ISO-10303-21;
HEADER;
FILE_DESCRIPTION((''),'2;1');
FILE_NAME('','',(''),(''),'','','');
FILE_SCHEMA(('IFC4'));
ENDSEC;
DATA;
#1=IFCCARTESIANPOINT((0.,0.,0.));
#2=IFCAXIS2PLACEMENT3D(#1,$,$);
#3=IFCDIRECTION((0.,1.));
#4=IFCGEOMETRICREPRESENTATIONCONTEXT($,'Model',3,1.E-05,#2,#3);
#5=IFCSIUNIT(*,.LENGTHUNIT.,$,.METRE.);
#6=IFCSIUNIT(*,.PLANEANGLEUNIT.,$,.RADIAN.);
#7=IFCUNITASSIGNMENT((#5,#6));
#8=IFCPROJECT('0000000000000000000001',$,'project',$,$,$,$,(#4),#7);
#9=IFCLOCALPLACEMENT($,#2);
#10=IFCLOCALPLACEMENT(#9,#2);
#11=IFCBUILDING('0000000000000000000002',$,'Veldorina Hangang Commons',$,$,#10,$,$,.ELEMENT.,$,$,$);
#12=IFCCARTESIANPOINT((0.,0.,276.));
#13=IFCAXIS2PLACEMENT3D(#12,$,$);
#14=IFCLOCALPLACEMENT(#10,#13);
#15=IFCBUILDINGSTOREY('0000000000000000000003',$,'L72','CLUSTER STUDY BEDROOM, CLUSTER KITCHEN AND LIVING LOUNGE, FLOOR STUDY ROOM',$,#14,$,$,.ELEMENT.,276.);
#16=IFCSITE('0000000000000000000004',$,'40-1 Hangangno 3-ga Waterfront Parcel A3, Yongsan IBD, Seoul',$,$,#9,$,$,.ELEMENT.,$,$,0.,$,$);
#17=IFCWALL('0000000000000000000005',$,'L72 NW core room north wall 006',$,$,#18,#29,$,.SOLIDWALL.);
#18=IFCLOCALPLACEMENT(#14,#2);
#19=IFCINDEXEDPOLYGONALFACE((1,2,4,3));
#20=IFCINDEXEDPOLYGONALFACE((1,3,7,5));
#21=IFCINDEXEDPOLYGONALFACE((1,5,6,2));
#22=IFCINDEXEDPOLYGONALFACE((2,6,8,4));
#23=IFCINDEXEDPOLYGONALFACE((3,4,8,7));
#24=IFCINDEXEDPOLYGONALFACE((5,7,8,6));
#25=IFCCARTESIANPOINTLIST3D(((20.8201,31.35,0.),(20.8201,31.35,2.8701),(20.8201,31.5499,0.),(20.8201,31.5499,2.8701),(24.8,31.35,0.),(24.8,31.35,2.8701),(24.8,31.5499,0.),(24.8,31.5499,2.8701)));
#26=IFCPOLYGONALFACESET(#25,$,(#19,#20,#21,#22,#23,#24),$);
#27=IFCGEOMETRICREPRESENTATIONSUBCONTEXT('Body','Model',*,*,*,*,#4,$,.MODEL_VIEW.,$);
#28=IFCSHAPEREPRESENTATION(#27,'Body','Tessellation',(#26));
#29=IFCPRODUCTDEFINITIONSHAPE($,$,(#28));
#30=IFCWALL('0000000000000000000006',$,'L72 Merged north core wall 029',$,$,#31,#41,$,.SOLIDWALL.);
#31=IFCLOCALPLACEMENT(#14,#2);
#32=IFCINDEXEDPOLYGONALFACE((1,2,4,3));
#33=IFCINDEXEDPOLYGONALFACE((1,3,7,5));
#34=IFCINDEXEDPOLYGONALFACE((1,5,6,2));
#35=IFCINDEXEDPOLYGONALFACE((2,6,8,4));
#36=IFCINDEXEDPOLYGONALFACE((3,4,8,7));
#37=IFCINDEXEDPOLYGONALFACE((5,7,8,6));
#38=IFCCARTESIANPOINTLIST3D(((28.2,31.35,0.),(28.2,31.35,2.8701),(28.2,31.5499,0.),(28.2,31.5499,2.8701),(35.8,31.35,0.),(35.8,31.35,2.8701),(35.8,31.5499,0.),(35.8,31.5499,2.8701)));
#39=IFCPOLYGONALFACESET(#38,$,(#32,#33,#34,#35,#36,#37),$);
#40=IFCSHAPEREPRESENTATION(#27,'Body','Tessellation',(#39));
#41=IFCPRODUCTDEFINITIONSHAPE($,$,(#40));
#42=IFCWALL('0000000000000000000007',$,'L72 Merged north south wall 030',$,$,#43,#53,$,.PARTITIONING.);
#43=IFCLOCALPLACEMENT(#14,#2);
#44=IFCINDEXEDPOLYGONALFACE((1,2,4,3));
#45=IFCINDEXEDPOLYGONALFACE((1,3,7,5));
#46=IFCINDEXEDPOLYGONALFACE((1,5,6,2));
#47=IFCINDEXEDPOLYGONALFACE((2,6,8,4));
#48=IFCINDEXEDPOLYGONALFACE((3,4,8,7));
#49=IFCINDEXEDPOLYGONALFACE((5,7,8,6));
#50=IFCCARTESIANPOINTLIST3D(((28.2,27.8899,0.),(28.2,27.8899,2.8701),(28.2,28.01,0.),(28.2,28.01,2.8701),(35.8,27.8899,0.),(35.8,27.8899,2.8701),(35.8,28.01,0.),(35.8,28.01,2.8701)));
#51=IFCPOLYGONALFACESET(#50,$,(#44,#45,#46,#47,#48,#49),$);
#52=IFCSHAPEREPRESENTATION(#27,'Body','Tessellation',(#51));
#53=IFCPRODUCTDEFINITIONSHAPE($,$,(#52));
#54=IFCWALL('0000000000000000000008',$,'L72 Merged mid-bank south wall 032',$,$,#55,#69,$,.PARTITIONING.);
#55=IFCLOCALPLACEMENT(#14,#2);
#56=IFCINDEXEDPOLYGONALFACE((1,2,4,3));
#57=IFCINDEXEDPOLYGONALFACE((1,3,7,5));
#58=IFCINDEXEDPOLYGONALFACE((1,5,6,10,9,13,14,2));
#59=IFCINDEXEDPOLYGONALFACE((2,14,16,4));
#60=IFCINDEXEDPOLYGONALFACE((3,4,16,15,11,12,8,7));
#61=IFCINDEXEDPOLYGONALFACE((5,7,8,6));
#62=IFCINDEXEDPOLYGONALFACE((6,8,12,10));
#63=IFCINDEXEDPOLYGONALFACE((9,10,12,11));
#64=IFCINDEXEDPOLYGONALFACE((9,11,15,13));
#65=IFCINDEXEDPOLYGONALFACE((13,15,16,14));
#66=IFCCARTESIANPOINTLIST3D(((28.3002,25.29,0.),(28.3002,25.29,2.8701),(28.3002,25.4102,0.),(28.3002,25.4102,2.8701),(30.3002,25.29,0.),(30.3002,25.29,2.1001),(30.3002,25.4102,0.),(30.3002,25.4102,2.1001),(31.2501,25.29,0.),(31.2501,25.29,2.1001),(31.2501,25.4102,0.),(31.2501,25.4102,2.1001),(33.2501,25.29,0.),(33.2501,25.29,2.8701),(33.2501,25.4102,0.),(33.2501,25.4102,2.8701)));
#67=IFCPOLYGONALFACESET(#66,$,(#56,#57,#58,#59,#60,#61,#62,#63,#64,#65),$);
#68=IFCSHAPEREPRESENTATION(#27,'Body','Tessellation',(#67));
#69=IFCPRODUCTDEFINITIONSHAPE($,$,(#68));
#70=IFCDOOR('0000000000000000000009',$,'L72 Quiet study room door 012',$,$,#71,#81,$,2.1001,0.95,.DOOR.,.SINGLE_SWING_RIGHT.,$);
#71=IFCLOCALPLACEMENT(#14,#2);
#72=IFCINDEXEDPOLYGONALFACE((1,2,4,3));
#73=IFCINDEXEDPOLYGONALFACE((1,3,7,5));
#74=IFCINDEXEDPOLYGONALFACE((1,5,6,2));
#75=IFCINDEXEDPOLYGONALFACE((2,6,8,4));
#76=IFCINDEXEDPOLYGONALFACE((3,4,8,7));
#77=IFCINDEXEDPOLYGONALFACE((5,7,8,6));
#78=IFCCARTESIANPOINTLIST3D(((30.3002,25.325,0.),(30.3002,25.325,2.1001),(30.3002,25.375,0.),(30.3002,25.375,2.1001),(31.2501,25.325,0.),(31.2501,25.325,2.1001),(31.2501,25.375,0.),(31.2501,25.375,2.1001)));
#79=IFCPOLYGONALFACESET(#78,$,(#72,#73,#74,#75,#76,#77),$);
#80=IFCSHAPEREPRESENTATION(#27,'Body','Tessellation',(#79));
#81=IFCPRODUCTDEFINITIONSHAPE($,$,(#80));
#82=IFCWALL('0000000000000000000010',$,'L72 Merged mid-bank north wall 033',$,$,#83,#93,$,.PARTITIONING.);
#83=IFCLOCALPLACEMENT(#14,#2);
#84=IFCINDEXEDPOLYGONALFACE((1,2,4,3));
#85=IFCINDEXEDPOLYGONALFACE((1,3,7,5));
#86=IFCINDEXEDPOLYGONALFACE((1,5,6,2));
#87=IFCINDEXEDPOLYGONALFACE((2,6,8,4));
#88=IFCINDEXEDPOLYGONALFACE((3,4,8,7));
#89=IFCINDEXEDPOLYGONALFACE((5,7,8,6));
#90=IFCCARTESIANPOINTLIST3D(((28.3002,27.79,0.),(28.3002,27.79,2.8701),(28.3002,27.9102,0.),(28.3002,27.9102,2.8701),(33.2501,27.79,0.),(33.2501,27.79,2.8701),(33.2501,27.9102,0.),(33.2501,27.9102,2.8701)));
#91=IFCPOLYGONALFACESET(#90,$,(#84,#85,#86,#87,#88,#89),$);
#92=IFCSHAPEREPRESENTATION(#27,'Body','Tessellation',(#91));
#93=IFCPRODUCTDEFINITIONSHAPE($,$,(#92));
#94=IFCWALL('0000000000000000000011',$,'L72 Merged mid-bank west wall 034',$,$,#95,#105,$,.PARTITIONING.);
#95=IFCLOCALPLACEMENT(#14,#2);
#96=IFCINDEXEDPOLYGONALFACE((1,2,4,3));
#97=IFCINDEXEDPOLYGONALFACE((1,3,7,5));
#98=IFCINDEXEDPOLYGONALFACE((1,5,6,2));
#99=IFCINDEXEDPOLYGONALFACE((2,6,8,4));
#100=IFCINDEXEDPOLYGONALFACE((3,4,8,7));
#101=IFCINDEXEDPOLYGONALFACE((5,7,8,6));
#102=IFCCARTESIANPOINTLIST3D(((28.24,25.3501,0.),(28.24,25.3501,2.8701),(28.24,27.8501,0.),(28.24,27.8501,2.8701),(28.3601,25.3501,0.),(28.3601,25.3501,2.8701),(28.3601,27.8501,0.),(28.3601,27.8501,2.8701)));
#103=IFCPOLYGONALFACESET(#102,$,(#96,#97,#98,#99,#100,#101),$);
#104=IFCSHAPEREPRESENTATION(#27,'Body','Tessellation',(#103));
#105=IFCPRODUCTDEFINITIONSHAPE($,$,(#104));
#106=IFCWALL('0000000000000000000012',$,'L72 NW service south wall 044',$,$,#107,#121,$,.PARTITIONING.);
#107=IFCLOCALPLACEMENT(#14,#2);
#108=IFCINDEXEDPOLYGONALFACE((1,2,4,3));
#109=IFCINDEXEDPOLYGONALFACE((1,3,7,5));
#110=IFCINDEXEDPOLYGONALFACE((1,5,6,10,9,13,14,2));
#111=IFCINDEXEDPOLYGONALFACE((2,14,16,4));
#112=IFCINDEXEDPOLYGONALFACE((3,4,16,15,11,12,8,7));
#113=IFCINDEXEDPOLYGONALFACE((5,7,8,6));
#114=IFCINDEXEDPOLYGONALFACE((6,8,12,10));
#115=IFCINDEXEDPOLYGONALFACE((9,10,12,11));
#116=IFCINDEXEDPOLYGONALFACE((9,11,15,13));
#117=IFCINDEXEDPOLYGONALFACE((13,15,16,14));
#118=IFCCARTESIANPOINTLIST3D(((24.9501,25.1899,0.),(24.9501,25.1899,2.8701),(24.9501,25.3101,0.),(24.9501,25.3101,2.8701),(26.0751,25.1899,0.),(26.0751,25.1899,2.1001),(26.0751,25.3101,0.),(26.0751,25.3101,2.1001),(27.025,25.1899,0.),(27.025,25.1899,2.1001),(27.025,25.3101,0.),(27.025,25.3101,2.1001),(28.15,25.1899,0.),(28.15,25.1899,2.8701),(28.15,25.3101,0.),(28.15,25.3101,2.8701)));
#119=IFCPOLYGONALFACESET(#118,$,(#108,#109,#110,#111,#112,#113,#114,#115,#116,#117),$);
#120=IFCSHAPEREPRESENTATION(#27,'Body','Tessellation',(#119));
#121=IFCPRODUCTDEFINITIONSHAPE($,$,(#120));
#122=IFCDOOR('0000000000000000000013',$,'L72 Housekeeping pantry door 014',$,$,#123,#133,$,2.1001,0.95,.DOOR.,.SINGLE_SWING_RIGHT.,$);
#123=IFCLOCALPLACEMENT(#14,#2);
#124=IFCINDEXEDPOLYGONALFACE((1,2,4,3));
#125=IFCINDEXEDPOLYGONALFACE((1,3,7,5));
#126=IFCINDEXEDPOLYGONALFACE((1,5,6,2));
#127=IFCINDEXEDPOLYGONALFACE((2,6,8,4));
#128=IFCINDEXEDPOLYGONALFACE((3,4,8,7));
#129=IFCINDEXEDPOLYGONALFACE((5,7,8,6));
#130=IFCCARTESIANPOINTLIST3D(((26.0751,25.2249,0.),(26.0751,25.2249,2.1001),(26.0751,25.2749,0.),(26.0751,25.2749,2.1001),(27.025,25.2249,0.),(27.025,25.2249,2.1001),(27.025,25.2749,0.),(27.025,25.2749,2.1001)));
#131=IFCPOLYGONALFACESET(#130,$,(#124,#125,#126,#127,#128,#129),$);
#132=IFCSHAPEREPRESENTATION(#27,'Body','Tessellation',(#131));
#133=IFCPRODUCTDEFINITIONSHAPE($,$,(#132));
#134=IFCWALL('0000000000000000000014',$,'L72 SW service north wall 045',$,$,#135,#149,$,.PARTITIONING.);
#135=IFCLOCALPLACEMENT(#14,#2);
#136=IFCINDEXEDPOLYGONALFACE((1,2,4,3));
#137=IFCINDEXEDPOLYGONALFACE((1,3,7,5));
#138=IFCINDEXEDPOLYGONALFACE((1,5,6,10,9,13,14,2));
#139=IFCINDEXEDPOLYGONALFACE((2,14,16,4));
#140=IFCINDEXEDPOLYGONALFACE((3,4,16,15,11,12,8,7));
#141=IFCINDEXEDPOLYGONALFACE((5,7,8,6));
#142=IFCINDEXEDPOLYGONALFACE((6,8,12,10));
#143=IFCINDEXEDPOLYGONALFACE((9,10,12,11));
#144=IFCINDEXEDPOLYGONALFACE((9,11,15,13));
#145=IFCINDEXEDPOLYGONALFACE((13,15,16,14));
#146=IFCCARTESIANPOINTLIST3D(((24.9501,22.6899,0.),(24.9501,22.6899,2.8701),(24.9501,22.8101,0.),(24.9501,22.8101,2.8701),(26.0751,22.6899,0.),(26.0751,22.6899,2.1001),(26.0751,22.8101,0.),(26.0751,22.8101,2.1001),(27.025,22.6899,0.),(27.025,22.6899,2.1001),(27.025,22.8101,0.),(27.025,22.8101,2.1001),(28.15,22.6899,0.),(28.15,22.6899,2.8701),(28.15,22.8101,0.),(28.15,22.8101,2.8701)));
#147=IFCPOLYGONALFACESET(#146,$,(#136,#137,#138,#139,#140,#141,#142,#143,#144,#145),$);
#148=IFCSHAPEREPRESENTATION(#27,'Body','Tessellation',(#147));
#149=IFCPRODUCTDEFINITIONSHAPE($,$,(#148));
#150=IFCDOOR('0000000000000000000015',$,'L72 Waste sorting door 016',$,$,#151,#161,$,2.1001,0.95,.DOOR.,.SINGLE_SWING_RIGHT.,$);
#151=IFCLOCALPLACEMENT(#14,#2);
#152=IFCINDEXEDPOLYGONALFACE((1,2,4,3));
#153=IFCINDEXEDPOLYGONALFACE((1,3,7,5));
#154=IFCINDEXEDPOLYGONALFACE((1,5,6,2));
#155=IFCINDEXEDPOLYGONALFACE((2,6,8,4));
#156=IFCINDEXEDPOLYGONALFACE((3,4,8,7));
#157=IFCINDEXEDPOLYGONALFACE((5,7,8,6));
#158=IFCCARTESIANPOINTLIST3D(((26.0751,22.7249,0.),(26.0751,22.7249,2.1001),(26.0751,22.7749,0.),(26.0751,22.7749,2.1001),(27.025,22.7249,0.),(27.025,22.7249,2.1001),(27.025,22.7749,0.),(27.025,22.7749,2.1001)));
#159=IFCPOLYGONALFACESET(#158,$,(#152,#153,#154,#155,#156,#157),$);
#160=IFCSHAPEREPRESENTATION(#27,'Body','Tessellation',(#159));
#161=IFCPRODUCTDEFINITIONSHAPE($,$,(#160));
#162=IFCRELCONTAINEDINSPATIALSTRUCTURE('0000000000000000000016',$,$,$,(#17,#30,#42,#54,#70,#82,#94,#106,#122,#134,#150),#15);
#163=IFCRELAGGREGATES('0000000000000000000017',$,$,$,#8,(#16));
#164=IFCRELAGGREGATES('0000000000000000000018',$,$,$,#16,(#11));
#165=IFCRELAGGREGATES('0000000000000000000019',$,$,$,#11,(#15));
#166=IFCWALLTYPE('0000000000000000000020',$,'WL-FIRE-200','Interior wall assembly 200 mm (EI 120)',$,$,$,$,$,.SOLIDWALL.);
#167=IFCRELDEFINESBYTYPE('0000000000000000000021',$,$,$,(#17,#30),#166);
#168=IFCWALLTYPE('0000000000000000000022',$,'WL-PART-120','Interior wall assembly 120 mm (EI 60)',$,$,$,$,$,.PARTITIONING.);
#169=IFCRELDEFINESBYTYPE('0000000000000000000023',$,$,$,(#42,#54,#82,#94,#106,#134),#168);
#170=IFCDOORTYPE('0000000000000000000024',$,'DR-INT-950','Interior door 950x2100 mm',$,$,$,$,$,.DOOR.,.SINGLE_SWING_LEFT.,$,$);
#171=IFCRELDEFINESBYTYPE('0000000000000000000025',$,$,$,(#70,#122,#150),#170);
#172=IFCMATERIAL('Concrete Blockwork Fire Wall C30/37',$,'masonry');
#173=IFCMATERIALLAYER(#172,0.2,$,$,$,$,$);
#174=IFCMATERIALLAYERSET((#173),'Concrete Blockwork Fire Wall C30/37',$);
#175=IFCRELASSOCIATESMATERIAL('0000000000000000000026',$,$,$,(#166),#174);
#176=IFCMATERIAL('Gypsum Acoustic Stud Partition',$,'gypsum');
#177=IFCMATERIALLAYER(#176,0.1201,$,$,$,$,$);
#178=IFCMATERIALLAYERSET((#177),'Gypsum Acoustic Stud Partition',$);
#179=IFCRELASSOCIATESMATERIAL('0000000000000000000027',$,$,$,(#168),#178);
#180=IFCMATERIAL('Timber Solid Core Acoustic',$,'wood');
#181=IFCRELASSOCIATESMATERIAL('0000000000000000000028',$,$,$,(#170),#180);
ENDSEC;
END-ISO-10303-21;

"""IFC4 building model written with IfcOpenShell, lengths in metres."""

from ifc_helpers import new_model, si_unit, direction, frame, frame_2d, origin, place, context, subcontext, project, spatial, rectangle, extrude, material, layer, layer_set, type_object, element, fill, save


model = new_model("IFC4")

# Units and contexts
model_context = context("Model", 3, precision=1e-05, world=origin(), true_north=direction((0.0, 1.0)))
body_context = subcontext(model_context, "Body", "Model", "MODEL_VIEW")
ifc_project = project(units=[si_unit("LENGTHUNIT", "METRE"), si_unit("PLANEANGLEUNIT", "RADIAN")], contexts=[model_context])

# Site, building, storey
site_placement = place(None, origin())
site = spatial("IfcSite", under=ifc_project, at=site_placement, Name="40-1 Hangangno 3-ga Waterfront Parcel A3, Yongsan IBD, Seoul", CompositionType="ELEMENT", RefElevation=0.0)
building_placement = place(site_placement, origin())
building = spatial("IfcBuilding", under=site, at=building_placement, Name="Veldorina Hangang Commons", CompositionType="ELEMENT")
storey_placement = place(building_placement, frame((0.0, 0.0, 276.0)))
storey = spatial("IfcBuildingStorey", under=building, at=storey_placement, Name="L72", Description="CLUSTER STUDY BEDROOM, CLUSTER KITCHEN AND LIVING LOUNGE, FLOOR STUDY ROOM", CompositionType="ELEMENT", Elevation=276.0)

# Shared definitions
ifc_material_1 = material(Name="Concrete Blockwork Fire Wall C30/37", Category="masonry")
ifc_layer_1 = layer(ifc_material_1, 0.2)
ifc_layer_set_1 = layer_set([ifc_layer_1], Name="Concrete Blockwork Fire Wall C30/37")
wall_type_1 = type_object("IfcWallType", Name="WL-FIRE-200", Description="Interior wall assembly 200 mm (EI 120)", PredefinedType="SOLIDWALL", material=ifc_layer_set_1)

# Walls
wall_1_placement = place(storey_placement, frame((20.8201, 31.45, 0.0), z_axis=(0.0, 0.0, 1.0), x_axis=(1.0, 0.0, 0.0)))
element("IfcWall", 1, at=wall_1_placement, inside=storey, type_object=wall_type_1, Name="L72 NW core room north wall 006", PredefinedType="SOLIDWALL", context=body_context, shape_type="SweptSolid", body=[
    extrude(rectangle(XDim=3.98, YDim=0.2, at=frame_2d((1.99, 0.0))), origin(), (0.0, 0.0, 1.0), 2.8701),
])
wall_2_placement = place(storey_placement, frame((28.2, 31.45, 0.0), z_axis=(0.0, 0.0, 1.0), x_axis=(1.0, 0.0, 0.0)))
element("IfcWall", 2, at=wall_2_placement, inside=storey, type_object=wall_type_1, Name="L72 Merged north core wall 029", PredefinedType="SOLIDWALL", context=body_context, shape_type="SweptSolid", body=[
    extrude(rectangle(XDim=7.6001, YDim=0.2, at=frame_2d((3.8, 0.0))), origin(), (0.0, 0.0, 1.0), 2.8701),
])
ifc_material_2 = material(Name="Gypsum Acoustic Stud Partition", Category="gypsum")
ifc_layer_2 = layer(ifc_material_2, 0.1201)
ifc_layer_set_2 = layer_set([ifc_layer_2], Name="Gypsum Acoustic Stud Partition")
wall_type_2 = type_object("IfcWallType", Name="WL-PART-120", Description="Interior wall assembly 120 mm (EI 60)", PredefinedType="PARTITIONING", material=ifc_layer_set_2)
wall_3_placement = place(storey_placement, frame((28.2, 27.95, 0.0), z_axis=(0.0, 0.0, 1.0), x_axis=(1.0, 0.0, 0.0)))
element("IfcWall", 3, at=wall_3_placement, inside=storey, type_object=wall_type_2, Name="L72 Merged north south wall 030", PredefinedType="PARTITIONING", context=body_context, shape_type="SweptSolid", body=[
    extrude(rectangle(XDim=7.6001, YDim=0.1201, at=frame_2d((3.8, 0.0))), origin(), (0.0, 0.0, 1.0), 2.8701),
])

# Wall, opening, door
wall_4_placement = place(storey_placement, frame((28.3, 25.3501, 0.0), z_axis=(0.0, 0.0, 1.0), x_axis=(1.0, 0.0, 0.0)))
wall_4 = element("IfcWall", 4, at=wall_4_placement, inside=storey, type_object=wall_type_2, Name="L72 Merged mid-bank south wall 032", PredefinedType="PARTITIONING", context=body_context, shape_type="SweptSolid", body=[
    extrude(rectangle(XDim=4.95, YDim=0.1201, at=frame_2d((2.4751, 0.0))), origin(), (0.0, 0.0, 1.0), 2.8701),
])
opening_1_placement = place(wall_4_placement, frame((2.0, 0.0, 0.0)))
opening_1 = element("IfcOpeningElement", 5, at=opening_1_placement, cuts=wall_4, PredefinedType="OPENING", context=body_context, shape_type="SweptSolid", body=[
    extrude(rectangle(XDim=0.95, YDim=2.1001, at=frame_2d((0.4751, 1.05))), frame((0.0, 0.0701, 0.0), z_axis=(0.0, -1.0, 0.0), x_axis=(1.0, 0.0, 0.0)), (0.0, 0.0, 1.0), 0.1401),
])
ifc_material_3 = material(Name="Timber Solid Core Acoustic", Category="wood")
door_type_1 = type_object("IfcDoorType", Name="DR-INT-950", Description="Interior door 950x2100 mm", OperationType="SINGLE_SWING_LEFT", PredefinedType="DOOR", material=ifc_material_3)
door_1_placement = place(opening_1_placement, origin())
door_1 = element("IfcDoor", 6, at=door_1_placement, inside=storey, type_object=door_type_1, Name="L72 Quiet study room door 012", OperationType="SINGLE_SWING_RIGHT", OverallHeight=2.1001, OverallWidth=0.95, PredefinedType="DOOR", context=body_context, shape_type="SweptSolid", body=[
    extrude(rectangle(XDim=0.95, YDim=2.1001, at=frame_2d((0.4751, 1.05))), frame((0.0, 0.0249, 0.0), z_axis=(0.0, -1.0, 0.0), x_axis=(1.0, 0.0, 0.0)), (0.0, 0.0, 1.0), 0.05),
])
fill(opening_1, door_1)

# Walls
wall_5_placement = place(storey_placement, frame((28.3, 27.8501, 0.0), z_axis=(0.0, 0.0, 1.0), x_axis=(1.0, 0.0, 0.0)))
element("IfcWall", 7, at=wall_5_placement, inside=storey, type_object=wall_type_2, Name="L72 Merged mid-bank north wall 033", PredefinedType="PARTITIONING", context=body_context, shape_type="SweptSolid", body=[
    extrude(rectangle(XDim=4.95, YDim=0.1201, at=frame_2d((2.4751, 0.0))), origin(), (0.0, 0.0, 1.0), 2.8701),
])
wall_6_placement = place(storey_placement, frame((28.3, 25.3501, 0.0), z_axis=(0.0, 0.0, 1.0), x_axis=(0.0, 1.0, 0.0)))
element("IfcWall", 8, at=wall_6_placement, inside=storey, type_object=wall_type_2, Name="L72 Merged mid-bank west wall 034", PredefinedType="PARTITIONING", context=body_context, shape_type="SweptSolid", body=[
    extrude(rectangle(XDim=2.5, YDim=0.1201, at=frame_2d((1.25, 0.0))), origin(), (0.0, 0.0, 1.0), 2.8701),
])

# Walls, openings, doors
wall_7_placement = place(storey_placement, frame((24.95, 25.25, 0.0), z_axis=(0.0, 0.0, 1.0), x_axis=(1.0, 0.0, 0.0)))
wall_7 = element("IfcWall", 9, at=wall_7_placement, inside=storey, type_object=wall_type_2, Name="L72 NW service south wall 044", PredefinedType="PARTITIONING", context=body_context, shape_type="SweptSolid", body=[
    extrude(rectangle(XDim=3.2, YDim=0.1201, at=frame_2d((1.6001, 0.0))), origin(), (0.0, 0.0, 1.0), 2.8701),
])
opening_2_placement = place(wall_7_placement, frame((1.125, 0.0, 0.0)))
opening_2 = element("IfcOpeningElement", 10, at=opening_2_placement, cuts=wall_7, PredefinedType="OPENING", context=body_context, shape_type="SweptSolid", body=[
    extrude(rectangle(XDim=0.95, YDim=2.1001, at=frame_2d((0.4751, 1.05))), frame((0.0, 0.0701, 0.0), z_axis=(0.0, -1.0, 0.0), x_axis=(1.0, 0.0, 0.0)), (0.0, 0.0, 1.0), 0.1401),
])
door_2_placement = place(opening_2_placement, origin())
door_2 = element("IfcDoor", 11, at=door_2_placement, inside=storey, type_object=door_type_1, Name="L72 Housekeeping pantry door 014", OperationType="SINGLE_SWING_RIGHT", OverallHeight=2.1001, OverallWidth=0.95, PredefinedType="DOOR", context=body_context, shape_type="SweptSolid", body=[
    extrude(rectangle(XDim=0.95, YDim=2.1001, at=frame_2d((0.4751, 1.05))), frame((0.0, 0.0249, 0.0), z_axis=(0.0, -1.0, 0.0), x_axis=(1.0, 0.0, 0.0)), (0.0, 0.0, 1.0), 0.05),
])
fill(opening_2, door_2)
wall_8_placement = place(storey_placement, frame((24.95, 22.75, 0.0), z_axis=(0.0, 0.0, 1.0), x_axis=(1.0, 0.0, 0.0)))
wall_8 = element("IfcWall", 12, at=wall_8_placement, inside=storey, type_object=wall_type_2, Name="L72 SW service north wall 045", PredefinedType="PARTITIONING", context=body_context, shape_type="SweptSolid", body=[
    extrude(rectangle(XDim=3.2, YDim=0.1201, at=frame_2d((1.6001, 0.0))), origin(), (0.0, 0.0, 1.0), 2.8701),
])
opening_3_placement = place(wall_8_placement, frame((1.125, 0.0, 0.0)))
opening_3 = element("IfcOpeningElement", 13, at=opening_3_placement, cuts=wall_8, PredefinedType="OPENING", context=body_context, shape_type="SweptSolid", body=[
    extrude(rectangle(XDim=0.95, YDim=2.1001, at=frame_2d((0.4751, 1.05))), frame((0.0, 0.0701, 0.0), z_axis=(0.0, -1.0, 0.0), x_axis=(1.0, 0.0, 0.0)), (0.0, 0.0, 1.0), 0.1401),
])
door_3_placement = place(opening_3_placement, origin())
door_3 = element("IfcDoor", 14, at=door_3_placement, inside=storey, type_object=door_type_1, Name="L72 Waste sorting door 016", OperationType="SINGLE_SWING_RIGHT", OverallHeight=2.1001, OverallWidth=0.95, PredefinedType="DOOR", context=body_context, shape_type="SweptSolid", body=[
    extrude(rectangle(XDim=0.95, YDim=2.1001, at=frame_2d((0.4751, 1.05))), frame((0.0, 0.0249, 0.0), z_axis=(0.0, -1.0, 0.0), x_axis=(1.0, 0.0, 0.0)), (0.0, 0.0, 1.0), 0.05),
])
fill(opening_3, door_3)

save(model, "model.ifc")
